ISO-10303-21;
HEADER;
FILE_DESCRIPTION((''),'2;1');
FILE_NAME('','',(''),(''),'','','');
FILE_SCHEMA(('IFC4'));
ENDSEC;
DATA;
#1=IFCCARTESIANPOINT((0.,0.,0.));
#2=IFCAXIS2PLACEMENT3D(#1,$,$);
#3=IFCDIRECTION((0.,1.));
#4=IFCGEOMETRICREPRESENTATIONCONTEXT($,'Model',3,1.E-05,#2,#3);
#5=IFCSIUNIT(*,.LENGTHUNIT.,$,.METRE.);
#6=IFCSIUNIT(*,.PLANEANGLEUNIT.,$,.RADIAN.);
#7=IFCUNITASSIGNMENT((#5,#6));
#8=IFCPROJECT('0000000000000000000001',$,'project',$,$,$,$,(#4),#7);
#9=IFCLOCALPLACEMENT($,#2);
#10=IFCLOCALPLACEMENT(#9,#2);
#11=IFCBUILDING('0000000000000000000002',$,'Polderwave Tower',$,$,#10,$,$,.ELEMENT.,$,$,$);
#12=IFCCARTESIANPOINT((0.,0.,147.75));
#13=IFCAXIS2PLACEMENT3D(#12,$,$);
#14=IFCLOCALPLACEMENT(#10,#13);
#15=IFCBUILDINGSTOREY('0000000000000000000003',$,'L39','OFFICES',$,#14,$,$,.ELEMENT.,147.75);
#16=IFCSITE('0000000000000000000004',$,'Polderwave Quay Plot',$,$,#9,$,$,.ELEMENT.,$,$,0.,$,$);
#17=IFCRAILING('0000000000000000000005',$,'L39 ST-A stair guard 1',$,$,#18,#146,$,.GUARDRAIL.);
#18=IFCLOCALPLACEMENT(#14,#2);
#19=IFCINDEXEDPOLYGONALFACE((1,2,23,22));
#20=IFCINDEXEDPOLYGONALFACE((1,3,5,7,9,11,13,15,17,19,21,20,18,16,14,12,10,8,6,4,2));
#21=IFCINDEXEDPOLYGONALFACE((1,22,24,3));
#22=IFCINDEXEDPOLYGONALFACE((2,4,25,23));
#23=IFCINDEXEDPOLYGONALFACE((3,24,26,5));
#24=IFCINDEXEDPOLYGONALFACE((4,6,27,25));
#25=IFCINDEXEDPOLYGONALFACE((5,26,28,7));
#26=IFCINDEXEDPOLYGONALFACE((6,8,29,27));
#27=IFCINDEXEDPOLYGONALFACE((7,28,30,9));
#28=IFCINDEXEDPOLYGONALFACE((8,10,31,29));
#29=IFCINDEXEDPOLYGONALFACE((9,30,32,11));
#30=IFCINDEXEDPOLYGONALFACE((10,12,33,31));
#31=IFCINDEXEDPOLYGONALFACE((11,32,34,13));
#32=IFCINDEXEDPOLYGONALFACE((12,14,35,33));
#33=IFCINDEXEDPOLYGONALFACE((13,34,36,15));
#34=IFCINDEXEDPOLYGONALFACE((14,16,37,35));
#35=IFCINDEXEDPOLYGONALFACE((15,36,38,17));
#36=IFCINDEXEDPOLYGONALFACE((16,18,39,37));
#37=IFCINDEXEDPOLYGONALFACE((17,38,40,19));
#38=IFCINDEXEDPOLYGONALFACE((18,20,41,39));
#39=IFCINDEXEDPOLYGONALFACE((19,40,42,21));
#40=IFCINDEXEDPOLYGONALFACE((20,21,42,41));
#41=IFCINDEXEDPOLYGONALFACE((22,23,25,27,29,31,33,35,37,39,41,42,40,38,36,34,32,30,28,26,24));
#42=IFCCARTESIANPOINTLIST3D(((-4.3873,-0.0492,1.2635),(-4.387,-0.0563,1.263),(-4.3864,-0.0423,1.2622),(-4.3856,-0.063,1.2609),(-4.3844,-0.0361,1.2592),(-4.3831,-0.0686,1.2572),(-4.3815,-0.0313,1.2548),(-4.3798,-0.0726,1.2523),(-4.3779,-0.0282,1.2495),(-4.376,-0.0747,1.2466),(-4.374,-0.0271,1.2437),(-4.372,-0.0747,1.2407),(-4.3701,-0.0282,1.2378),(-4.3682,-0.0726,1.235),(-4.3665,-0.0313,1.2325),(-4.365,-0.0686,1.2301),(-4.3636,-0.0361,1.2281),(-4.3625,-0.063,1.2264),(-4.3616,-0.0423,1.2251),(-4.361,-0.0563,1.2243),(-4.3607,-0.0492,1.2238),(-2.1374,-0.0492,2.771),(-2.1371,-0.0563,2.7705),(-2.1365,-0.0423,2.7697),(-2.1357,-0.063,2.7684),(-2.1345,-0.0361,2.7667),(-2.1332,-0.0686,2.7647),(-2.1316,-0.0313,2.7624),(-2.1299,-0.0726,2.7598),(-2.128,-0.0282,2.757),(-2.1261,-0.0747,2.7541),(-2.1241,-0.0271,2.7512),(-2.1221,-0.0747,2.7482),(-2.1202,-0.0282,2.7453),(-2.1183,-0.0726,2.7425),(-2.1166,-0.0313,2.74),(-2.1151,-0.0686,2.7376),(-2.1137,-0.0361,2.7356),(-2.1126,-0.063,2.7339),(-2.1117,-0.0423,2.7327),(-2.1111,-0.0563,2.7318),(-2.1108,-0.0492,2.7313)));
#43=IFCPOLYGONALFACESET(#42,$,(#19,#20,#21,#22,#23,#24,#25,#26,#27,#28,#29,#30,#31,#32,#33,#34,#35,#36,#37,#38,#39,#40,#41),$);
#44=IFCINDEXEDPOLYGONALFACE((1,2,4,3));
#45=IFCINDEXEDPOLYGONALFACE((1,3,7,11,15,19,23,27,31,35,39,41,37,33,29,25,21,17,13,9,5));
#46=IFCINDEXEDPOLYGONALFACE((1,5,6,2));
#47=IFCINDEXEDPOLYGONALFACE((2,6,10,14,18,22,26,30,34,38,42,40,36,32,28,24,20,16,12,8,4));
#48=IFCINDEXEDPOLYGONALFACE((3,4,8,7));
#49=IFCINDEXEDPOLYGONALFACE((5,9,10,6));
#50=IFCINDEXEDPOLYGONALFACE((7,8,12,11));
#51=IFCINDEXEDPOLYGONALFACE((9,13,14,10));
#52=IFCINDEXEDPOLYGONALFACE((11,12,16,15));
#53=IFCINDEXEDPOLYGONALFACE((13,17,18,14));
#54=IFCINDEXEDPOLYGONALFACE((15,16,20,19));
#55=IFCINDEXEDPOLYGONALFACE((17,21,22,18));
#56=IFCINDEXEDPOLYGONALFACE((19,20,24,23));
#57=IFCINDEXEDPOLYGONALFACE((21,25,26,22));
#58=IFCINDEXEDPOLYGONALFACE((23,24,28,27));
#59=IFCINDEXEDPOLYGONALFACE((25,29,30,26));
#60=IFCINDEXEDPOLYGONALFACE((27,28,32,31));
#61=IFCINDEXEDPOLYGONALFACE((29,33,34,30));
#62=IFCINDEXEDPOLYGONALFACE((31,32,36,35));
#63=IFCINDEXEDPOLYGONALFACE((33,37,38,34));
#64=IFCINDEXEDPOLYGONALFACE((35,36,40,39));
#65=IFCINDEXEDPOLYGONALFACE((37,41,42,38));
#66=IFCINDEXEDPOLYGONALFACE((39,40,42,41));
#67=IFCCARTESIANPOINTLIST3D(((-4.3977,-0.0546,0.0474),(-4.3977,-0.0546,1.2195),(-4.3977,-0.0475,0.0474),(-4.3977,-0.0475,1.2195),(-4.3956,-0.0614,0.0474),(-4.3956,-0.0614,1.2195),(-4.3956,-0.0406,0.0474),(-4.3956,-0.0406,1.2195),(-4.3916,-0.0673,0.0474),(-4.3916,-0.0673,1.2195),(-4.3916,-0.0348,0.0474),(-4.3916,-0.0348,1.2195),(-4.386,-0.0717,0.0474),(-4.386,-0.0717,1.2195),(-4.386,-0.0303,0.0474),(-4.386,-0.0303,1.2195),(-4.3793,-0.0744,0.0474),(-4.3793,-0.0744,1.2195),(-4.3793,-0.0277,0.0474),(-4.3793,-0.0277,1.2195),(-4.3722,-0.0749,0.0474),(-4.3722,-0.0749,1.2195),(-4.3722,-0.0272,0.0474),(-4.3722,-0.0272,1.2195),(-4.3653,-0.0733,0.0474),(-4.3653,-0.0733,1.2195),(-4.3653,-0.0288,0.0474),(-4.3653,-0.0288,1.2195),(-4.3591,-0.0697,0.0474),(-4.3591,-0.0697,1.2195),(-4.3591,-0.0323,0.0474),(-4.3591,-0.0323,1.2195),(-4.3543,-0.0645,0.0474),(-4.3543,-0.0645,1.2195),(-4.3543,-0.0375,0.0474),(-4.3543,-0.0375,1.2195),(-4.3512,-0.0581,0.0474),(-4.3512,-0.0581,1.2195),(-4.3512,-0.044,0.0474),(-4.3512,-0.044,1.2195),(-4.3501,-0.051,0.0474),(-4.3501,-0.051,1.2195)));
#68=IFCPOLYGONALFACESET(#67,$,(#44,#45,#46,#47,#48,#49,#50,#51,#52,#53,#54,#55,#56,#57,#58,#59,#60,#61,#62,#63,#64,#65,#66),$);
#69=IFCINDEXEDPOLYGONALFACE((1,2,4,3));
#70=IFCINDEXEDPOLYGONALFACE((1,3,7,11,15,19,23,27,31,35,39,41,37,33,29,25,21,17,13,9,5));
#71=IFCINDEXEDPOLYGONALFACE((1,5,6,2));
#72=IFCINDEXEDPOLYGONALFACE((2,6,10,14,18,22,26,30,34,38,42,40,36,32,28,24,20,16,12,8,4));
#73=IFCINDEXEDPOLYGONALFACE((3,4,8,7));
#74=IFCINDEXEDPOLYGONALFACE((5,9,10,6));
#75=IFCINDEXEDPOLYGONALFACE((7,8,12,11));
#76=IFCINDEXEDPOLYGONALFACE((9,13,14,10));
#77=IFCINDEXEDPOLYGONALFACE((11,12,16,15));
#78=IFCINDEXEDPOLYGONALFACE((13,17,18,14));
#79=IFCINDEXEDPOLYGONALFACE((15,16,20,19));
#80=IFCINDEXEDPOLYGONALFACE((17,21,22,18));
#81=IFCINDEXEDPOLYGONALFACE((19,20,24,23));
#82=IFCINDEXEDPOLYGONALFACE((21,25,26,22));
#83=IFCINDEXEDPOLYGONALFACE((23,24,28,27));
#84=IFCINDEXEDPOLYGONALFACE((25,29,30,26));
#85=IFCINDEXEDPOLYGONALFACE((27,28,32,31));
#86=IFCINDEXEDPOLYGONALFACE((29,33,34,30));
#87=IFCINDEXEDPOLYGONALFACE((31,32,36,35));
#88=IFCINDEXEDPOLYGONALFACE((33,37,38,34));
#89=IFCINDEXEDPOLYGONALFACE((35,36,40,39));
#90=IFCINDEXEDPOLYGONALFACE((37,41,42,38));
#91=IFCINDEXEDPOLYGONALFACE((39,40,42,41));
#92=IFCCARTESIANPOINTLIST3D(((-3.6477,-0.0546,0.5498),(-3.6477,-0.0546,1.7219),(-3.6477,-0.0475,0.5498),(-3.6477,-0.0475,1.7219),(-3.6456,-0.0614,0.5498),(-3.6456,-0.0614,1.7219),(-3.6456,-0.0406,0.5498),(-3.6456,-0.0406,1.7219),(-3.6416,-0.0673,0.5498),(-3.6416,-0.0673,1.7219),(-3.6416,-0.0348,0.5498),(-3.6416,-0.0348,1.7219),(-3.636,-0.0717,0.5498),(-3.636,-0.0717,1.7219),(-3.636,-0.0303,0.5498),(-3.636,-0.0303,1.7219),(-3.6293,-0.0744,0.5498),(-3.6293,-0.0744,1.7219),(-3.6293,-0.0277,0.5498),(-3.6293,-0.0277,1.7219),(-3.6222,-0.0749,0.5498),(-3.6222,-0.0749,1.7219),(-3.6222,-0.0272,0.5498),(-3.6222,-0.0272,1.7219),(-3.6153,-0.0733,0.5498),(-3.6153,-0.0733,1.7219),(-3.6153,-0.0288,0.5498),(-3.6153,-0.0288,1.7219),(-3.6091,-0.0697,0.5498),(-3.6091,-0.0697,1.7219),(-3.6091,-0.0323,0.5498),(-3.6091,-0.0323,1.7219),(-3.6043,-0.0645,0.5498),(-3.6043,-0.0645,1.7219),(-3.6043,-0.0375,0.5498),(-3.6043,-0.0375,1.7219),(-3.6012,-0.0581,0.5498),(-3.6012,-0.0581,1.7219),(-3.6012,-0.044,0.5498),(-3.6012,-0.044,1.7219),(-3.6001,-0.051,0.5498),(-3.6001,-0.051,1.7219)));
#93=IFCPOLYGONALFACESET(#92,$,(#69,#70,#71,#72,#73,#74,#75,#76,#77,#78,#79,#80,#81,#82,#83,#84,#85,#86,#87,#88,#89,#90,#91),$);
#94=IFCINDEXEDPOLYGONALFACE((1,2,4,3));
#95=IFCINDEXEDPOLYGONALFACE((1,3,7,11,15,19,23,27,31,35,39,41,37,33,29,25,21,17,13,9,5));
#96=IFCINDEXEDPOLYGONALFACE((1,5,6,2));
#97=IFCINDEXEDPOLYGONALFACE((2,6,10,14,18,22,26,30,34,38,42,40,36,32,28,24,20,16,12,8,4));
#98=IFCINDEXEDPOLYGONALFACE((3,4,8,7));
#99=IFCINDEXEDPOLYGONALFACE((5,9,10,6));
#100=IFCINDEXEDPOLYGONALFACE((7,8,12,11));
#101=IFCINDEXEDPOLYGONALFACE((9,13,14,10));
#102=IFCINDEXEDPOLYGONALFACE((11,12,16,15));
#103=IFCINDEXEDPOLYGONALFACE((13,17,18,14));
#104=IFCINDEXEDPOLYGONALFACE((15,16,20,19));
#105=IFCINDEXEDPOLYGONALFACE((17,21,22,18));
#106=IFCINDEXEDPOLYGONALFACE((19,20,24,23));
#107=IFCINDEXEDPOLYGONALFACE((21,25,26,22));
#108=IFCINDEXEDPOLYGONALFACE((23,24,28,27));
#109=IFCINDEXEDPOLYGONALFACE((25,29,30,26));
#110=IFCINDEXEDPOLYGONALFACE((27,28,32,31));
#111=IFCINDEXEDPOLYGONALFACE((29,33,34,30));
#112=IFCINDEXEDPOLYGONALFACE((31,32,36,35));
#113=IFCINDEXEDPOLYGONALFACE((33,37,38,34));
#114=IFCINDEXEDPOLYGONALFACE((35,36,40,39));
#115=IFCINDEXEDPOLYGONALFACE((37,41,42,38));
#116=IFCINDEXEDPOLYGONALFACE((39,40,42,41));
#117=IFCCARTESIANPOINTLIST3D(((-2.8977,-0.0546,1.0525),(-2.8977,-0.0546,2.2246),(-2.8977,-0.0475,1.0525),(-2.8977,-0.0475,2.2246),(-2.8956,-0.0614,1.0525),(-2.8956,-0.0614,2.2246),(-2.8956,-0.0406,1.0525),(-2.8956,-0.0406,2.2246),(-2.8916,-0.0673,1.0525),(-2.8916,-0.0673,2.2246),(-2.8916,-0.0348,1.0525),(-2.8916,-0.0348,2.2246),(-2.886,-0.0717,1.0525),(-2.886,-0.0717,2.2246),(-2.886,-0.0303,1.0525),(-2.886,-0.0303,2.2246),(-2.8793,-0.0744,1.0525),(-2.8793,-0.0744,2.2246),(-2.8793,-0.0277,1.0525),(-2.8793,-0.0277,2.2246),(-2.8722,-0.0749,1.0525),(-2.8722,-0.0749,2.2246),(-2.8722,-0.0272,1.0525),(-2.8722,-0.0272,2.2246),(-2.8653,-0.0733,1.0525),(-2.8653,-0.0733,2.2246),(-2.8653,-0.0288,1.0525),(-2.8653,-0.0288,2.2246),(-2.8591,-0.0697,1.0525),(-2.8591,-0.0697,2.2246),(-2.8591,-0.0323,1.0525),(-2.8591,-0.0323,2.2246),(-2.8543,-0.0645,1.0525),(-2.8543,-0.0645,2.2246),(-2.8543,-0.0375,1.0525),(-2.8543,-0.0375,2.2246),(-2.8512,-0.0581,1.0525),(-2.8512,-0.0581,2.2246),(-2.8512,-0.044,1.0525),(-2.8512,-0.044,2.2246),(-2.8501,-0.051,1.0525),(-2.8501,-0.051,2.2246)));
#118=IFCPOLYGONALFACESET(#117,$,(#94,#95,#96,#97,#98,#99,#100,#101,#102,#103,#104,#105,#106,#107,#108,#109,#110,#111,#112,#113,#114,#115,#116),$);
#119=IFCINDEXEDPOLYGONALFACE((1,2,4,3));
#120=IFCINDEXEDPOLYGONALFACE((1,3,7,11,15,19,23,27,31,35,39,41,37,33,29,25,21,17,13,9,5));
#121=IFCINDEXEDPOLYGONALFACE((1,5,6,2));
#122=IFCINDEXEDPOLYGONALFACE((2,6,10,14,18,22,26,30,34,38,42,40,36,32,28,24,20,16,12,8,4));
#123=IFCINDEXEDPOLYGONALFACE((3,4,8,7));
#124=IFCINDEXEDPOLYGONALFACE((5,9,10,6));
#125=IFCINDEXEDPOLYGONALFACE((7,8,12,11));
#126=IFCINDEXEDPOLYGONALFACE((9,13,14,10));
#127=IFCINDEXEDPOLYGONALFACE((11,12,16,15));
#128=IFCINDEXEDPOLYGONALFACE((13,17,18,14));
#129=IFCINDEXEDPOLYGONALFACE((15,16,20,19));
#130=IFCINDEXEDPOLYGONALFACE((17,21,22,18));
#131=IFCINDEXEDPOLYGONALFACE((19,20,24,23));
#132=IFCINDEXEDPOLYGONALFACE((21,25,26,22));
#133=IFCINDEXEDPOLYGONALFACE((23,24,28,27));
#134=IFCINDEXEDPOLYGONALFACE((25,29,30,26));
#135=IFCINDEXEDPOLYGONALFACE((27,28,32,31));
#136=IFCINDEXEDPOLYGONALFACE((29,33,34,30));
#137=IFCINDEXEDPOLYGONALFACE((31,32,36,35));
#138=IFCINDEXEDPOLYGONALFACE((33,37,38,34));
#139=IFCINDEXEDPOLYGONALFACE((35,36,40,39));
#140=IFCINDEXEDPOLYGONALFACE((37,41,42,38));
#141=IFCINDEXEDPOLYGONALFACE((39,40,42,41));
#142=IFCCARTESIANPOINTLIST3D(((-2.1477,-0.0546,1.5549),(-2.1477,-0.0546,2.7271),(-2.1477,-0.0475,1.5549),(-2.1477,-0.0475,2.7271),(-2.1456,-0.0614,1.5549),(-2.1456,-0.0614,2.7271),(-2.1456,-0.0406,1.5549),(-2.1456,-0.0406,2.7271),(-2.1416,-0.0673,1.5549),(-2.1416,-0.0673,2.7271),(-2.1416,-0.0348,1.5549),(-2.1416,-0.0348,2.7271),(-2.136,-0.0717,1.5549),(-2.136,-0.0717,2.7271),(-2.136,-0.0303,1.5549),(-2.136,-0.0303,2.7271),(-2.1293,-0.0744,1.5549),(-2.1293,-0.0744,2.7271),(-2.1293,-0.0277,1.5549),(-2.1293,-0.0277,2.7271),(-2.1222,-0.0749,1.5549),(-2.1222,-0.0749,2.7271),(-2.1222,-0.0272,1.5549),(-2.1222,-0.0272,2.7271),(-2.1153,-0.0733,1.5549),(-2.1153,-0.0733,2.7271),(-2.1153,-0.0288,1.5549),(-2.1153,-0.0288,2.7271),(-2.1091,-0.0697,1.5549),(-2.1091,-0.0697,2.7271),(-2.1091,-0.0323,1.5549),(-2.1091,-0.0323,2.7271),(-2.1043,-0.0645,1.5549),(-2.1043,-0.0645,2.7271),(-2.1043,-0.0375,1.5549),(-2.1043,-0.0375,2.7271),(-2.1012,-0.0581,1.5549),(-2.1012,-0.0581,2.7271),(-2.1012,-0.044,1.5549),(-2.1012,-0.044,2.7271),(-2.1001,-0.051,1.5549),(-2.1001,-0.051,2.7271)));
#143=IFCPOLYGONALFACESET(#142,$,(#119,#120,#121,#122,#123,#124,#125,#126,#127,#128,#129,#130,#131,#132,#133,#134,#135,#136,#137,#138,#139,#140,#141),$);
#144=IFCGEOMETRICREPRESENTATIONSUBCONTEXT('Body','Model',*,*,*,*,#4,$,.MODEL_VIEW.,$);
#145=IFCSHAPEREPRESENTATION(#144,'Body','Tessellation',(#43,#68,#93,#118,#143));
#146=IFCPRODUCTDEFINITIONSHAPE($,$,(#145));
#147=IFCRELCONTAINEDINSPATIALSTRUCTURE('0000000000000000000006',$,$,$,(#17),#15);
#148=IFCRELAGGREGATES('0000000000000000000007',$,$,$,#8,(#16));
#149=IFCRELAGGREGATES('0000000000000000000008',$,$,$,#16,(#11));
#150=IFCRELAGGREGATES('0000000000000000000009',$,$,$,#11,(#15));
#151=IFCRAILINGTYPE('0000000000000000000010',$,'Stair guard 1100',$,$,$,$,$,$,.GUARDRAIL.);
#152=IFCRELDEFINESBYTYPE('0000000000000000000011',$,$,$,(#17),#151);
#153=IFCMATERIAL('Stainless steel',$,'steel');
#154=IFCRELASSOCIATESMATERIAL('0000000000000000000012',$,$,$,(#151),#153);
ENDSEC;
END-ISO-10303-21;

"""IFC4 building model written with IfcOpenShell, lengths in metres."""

from ifc_helpers import new_model, si_unit, direction, frame, origin, origin_2d, place, context, subcontext, project, spatial, circle, extrude, material, type_object, element, save


model = new_model("IFC4")

# Units and contexts
model_context = context("Model", 3, precision=1e-05, world=origin(), true_north=direction((0.0, 1.0)))
body_context = subcontext(model_context, "Body", "Model", "MODEL_VIEW")
ifc_project = project(units=[si_unit("LENGTHUNIT", "METRE"), si_unit("PLANEANGLEUNIT", "RADIAN")], contexts=[model_context])

# Site, building, storey
site_placement = place(None, origin())
site = spatial("IfcSite", under=ifc_project, at=site_placement, Name="Polderwave Quay Plot", CompositionType="ELEMENT", RefElevation=0.0)
building_placement = place(site_placement, origin())
building = spatial("IfcBuilding", under=site, at=building_placement, Name="Polderwave Tower", CompositionType="ELEMENT")
storey_placement = place(building_placement, frame((0.0, 0.0, 147.75)))
storey = spatial("IfcBuildingStorey", under=building, at=storey_placement, Name="L39", Description="OFFICES", CompositionType="ELEMENT", Elevation=147.75)

# Railing
ifc_material_1 = material(Name="Stainless steel", Category="steel")
railing_type_1 = type_object("IfcRailingType", Name="Stair guard 1100", PredefinedType="GUARDRAIL", material=ifc_material_1)
railing_1_placement = place(storey_placement, frame((-4.374, -0.051, 0.0474)))
element("IfcRailing", 1, at=railing_1_placement, inside=storey, type_object=railing_type_1, Name="L39 ST-A stair guard 1", PredefinedType="GUARDRAIL", context=body_context, shape_type="SweptSolid", body=[
    extrude(circle(Radius=0.0239, at=origin_2d()), frame((0.0, 0.0, 1.1963), z_axis=(0.830758, 0.0, 0.556633), x_axis=(0.0, 1.0, 0.0)), (0.0, 0.0, 1.0), 2.7083),
    extrude(circle(Radius=0.0239, at=origin_2d()), origin(), (0.0, 0.0, 1.0), 1.1721),
    extrude(circle(Radius=0.0239, at=origin_2d()), frame((0.75, 0.0, 0.5024)), (0.0, 0.0, 1.0), 1.1721),
    extrude(circle(Radius=0.0239, at=origin_2d()), frame((1.5, 0.0, 1.0051)), (0.0, 0.0, 1.0), 1.1721),
    extrude(circle(Radius=0.0239, at=origin_2d()), frame((2.25, 0.0, 1.5076)), (0.0, 0.0, 1.0), 1.1721),
])

save(model, "model.ifc")
